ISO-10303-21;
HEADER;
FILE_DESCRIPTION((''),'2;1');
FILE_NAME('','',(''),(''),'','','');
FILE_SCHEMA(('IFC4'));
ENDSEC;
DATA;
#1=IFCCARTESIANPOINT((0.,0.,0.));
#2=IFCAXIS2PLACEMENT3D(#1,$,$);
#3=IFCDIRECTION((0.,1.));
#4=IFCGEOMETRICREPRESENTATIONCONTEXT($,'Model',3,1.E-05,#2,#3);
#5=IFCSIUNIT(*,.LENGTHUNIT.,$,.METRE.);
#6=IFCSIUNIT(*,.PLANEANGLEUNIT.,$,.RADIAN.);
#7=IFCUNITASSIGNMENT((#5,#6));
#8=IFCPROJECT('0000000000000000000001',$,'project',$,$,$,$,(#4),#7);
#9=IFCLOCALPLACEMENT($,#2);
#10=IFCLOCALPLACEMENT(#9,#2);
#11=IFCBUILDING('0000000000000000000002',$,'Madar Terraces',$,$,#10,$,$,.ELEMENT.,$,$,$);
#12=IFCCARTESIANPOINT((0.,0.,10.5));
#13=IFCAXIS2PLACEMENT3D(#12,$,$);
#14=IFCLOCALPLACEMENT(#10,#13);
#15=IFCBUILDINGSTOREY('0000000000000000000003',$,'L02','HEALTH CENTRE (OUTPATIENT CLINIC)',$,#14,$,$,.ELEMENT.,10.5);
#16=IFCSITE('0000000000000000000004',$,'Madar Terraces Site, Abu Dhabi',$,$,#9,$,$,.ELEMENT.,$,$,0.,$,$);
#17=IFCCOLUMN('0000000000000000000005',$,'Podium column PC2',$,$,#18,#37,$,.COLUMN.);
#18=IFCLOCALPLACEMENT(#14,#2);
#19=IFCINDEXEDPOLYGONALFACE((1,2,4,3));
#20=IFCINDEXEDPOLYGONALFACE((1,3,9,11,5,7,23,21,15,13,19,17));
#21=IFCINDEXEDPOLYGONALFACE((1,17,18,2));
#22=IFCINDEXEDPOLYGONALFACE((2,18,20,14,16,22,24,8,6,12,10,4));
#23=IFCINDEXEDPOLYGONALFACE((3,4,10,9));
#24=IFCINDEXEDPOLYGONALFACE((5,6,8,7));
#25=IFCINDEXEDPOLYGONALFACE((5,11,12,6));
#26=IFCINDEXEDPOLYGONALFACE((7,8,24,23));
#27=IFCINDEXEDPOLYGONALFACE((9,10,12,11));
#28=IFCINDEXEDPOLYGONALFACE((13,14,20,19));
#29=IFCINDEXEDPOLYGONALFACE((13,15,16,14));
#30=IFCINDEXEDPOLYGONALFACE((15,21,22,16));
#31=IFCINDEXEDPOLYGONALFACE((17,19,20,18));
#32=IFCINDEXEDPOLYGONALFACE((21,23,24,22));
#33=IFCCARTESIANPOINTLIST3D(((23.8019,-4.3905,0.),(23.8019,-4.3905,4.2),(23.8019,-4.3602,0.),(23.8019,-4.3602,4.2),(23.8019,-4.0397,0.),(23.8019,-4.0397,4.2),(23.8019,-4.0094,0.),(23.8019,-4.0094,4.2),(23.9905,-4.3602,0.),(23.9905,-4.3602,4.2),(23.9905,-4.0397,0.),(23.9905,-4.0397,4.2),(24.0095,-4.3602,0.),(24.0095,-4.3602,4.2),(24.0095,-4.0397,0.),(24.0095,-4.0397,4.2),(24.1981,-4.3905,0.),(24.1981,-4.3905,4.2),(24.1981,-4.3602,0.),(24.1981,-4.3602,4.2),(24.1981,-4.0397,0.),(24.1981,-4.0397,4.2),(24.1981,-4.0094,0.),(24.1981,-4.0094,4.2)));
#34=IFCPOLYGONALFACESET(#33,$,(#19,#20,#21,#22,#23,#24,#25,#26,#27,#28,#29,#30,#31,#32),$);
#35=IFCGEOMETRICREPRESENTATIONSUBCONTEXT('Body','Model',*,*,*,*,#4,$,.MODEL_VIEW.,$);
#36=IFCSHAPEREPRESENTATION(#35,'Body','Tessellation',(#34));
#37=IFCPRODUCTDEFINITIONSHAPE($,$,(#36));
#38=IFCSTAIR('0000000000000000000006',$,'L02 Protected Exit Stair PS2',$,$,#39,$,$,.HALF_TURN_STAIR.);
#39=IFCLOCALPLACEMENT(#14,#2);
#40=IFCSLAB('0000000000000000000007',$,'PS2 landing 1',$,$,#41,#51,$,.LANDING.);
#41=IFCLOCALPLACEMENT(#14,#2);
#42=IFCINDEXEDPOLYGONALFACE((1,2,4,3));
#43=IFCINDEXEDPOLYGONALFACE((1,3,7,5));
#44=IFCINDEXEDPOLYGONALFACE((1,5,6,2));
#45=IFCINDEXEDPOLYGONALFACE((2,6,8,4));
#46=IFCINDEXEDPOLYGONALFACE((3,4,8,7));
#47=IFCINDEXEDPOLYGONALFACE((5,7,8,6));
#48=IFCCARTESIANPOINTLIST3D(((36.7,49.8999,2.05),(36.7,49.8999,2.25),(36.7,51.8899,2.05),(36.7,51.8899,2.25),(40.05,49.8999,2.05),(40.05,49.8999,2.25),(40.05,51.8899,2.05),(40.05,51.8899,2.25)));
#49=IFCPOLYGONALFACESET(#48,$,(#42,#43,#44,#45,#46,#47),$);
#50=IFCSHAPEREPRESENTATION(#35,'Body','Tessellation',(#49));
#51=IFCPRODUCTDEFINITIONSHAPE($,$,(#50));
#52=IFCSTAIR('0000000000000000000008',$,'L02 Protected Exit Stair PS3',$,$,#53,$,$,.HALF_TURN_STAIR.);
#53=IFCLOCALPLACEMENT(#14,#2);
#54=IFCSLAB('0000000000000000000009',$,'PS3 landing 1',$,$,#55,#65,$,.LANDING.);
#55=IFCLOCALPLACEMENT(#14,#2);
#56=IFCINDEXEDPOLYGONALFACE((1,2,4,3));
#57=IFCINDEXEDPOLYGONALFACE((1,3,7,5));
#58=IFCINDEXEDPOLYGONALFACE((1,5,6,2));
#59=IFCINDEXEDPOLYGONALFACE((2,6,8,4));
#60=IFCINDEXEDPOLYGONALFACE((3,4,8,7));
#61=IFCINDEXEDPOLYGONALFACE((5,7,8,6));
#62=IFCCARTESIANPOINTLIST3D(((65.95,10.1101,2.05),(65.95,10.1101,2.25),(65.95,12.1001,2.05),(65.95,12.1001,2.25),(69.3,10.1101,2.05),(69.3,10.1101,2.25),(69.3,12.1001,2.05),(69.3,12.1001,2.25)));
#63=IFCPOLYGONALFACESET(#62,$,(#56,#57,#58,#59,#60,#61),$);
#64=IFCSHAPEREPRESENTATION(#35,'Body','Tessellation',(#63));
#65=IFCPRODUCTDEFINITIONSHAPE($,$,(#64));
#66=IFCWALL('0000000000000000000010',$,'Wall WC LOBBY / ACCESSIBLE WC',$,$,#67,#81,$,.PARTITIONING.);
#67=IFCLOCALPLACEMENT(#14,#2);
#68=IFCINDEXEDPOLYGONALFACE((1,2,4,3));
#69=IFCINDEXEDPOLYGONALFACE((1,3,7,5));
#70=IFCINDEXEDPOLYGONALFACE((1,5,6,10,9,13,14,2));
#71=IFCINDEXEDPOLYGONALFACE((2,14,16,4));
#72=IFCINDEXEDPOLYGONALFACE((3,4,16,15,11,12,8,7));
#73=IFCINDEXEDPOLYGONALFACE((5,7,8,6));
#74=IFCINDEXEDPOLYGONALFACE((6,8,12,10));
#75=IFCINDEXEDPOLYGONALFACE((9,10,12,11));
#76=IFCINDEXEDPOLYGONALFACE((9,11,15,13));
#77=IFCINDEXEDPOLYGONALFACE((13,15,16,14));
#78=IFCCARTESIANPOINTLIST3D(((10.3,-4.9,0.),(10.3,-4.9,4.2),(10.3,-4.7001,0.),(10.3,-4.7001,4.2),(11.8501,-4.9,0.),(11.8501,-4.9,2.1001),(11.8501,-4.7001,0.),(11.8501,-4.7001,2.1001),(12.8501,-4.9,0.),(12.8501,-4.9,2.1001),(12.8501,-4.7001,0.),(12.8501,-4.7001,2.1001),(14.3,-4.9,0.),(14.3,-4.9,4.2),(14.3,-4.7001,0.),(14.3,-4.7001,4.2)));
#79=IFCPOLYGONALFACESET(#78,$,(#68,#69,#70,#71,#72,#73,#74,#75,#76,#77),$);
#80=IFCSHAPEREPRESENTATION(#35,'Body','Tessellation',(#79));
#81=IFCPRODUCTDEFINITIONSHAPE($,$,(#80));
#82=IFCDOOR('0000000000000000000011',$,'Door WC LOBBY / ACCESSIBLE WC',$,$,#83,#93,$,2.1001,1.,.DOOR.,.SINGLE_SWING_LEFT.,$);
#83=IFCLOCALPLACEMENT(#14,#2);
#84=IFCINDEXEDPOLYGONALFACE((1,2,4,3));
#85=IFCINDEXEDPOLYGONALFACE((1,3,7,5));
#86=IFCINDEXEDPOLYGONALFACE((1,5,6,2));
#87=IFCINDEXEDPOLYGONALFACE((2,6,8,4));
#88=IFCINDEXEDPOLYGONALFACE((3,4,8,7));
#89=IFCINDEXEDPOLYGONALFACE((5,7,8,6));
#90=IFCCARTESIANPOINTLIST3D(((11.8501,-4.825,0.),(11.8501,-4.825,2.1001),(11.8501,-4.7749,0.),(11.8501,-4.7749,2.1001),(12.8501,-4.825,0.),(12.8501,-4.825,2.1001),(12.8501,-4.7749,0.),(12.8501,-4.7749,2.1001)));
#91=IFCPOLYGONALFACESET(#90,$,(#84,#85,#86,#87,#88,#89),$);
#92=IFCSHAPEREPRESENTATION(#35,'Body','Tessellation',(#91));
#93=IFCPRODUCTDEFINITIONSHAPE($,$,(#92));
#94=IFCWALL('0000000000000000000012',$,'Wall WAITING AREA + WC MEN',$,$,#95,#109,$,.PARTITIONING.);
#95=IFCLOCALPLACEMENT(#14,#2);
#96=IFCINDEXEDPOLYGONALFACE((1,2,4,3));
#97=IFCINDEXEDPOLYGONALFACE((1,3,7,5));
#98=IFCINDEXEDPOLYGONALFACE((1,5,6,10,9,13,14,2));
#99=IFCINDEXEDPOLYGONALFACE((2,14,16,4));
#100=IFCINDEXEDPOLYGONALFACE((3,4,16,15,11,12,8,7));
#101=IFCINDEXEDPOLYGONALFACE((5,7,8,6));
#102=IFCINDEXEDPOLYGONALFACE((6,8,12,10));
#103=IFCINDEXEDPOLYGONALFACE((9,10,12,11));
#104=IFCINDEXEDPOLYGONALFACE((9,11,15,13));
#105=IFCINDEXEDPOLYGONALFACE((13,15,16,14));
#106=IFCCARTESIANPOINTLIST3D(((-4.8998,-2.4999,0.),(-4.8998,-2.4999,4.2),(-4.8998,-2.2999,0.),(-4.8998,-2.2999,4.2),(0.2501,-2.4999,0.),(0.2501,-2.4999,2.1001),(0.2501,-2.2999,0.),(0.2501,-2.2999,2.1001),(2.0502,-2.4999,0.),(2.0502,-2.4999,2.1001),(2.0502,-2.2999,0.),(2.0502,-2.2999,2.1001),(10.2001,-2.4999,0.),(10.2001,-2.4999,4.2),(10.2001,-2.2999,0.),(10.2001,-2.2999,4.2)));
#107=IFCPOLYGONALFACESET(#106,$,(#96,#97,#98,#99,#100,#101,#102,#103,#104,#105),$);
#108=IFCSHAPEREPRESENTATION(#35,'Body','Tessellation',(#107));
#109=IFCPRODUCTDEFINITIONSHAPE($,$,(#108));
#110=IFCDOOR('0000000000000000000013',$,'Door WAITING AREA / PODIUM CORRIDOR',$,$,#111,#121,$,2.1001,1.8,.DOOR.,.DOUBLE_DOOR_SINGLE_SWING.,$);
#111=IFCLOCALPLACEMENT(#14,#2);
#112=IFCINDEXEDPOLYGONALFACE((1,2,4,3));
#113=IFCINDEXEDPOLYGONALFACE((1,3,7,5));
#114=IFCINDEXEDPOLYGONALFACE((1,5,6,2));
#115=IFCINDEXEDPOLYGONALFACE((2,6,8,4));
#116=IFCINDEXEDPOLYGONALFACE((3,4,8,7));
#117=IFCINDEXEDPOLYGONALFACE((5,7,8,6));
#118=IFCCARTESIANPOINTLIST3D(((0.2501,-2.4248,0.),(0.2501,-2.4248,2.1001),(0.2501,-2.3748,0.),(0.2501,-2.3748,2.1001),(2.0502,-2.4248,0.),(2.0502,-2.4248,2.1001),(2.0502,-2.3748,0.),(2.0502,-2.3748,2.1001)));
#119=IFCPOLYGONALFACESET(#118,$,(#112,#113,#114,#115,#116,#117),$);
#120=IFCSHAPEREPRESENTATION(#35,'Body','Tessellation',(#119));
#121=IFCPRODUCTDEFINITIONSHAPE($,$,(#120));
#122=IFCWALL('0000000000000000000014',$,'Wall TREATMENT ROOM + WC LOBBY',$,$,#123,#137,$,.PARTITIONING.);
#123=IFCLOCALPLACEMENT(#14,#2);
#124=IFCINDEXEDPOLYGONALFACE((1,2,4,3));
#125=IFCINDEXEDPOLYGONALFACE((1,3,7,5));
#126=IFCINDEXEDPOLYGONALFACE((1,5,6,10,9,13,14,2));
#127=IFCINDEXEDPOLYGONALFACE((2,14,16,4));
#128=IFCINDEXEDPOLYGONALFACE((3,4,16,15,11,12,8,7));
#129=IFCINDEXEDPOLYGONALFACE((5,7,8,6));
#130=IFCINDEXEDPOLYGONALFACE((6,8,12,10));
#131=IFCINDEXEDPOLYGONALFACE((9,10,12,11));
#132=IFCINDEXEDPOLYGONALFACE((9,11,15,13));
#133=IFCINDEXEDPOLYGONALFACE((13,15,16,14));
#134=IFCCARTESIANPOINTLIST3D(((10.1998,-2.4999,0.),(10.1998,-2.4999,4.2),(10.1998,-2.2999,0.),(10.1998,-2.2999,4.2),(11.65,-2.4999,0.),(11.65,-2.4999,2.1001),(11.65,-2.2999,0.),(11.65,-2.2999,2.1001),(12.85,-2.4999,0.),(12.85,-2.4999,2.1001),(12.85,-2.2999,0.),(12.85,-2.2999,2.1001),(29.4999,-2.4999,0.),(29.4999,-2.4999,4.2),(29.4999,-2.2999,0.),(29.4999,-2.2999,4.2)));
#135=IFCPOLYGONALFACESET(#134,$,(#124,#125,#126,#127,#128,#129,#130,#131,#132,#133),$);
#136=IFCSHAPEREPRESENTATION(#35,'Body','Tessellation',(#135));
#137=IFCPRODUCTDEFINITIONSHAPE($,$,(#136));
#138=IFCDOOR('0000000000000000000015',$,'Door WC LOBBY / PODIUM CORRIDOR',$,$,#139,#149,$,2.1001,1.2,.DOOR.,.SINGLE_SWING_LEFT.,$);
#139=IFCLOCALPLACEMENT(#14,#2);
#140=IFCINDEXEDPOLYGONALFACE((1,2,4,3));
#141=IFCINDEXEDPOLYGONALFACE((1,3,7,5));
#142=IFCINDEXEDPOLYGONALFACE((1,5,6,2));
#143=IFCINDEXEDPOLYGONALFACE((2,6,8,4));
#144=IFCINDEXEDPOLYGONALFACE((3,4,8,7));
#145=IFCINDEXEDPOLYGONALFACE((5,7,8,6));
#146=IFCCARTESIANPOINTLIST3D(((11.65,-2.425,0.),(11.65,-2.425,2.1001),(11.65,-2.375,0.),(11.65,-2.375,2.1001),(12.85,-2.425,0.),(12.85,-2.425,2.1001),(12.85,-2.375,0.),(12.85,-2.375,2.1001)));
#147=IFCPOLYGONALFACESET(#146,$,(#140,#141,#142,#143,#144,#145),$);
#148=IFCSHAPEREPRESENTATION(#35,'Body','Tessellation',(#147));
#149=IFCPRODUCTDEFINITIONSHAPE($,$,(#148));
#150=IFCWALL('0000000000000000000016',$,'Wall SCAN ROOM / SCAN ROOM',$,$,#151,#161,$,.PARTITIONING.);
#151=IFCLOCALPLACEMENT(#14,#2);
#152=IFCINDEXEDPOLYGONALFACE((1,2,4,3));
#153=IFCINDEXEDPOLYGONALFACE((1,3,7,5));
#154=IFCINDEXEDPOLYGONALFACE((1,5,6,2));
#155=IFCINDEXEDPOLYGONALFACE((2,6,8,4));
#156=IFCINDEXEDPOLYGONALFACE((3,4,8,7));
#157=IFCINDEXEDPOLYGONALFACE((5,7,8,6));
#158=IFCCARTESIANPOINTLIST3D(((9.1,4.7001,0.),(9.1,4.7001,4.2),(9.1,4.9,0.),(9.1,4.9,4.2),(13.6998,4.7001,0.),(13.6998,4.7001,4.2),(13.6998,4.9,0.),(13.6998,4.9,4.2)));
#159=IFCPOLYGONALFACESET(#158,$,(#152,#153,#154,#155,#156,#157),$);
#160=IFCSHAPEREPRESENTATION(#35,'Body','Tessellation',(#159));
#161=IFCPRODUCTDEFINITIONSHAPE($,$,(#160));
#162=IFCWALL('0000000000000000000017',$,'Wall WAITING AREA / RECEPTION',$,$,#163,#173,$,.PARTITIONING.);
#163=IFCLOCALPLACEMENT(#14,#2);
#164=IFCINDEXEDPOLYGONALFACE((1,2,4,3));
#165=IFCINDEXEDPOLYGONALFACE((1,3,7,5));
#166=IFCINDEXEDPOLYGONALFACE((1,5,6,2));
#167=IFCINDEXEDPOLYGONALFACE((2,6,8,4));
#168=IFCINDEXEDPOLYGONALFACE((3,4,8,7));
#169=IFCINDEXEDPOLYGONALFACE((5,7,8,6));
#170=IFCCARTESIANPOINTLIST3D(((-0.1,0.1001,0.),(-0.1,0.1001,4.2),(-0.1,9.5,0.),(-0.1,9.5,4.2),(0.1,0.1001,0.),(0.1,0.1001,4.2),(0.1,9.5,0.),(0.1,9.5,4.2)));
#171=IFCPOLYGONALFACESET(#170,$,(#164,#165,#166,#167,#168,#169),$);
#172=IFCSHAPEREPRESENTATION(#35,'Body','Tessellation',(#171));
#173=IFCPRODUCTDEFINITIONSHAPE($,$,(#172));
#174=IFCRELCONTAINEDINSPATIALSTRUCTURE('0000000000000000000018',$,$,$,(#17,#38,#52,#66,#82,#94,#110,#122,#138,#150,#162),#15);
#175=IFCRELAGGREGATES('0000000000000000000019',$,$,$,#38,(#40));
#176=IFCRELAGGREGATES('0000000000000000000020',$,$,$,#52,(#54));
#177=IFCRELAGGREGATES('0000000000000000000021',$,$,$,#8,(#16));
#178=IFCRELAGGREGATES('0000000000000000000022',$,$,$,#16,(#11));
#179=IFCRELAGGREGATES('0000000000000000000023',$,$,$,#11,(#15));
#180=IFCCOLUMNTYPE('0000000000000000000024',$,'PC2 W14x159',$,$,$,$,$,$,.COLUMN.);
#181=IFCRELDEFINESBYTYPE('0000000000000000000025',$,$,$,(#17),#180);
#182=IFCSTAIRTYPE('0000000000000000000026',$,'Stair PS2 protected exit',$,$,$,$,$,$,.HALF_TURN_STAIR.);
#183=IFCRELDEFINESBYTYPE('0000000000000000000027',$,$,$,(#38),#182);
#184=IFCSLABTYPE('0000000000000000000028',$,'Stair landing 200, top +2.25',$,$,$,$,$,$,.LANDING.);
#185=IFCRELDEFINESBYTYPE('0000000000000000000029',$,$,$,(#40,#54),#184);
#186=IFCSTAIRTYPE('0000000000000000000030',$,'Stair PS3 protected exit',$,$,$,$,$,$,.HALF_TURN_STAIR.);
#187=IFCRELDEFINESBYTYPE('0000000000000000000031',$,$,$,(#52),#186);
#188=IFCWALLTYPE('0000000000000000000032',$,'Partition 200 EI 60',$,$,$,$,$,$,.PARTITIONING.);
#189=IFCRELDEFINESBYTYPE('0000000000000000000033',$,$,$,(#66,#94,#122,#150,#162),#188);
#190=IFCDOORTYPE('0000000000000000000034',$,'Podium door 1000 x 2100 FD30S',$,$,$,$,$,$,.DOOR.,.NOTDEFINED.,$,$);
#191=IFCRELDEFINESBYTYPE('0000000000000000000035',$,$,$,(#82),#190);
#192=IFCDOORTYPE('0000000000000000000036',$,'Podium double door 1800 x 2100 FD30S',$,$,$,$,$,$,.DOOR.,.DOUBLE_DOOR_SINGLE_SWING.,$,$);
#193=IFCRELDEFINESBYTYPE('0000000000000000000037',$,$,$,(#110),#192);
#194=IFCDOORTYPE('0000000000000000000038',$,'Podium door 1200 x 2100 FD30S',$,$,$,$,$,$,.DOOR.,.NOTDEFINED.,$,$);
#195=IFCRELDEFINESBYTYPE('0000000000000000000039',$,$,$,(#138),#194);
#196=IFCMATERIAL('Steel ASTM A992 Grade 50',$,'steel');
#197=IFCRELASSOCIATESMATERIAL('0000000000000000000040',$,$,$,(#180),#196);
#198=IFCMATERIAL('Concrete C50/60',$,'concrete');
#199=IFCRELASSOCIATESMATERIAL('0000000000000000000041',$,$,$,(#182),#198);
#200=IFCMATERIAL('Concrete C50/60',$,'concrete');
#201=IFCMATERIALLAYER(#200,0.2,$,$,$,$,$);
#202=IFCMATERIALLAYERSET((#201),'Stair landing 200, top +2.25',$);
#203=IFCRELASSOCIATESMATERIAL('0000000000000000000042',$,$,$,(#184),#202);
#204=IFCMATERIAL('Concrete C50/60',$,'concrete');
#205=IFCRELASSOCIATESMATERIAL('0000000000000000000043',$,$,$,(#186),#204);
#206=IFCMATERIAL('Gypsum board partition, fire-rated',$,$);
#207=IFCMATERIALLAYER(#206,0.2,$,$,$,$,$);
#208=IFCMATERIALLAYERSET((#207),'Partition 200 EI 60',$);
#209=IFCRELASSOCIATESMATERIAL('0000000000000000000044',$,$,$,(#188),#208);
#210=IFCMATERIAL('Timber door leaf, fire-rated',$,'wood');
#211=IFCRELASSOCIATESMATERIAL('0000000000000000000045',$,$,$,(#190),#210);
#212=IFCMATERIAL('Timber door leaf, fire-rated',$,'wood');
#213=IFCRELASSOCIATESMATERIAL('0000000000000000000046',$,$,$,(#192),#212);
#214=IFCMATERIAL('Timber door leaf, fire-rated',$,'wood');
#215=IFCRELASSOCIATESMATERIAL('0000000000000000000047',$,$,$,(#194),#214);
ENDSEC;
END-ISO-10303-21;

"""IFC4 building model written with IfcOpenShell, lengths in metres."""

from ifc_helpers import new_model, si_unit, direction, frame, frame_2d, origin, origin_2d, place, context, subcontext, project, spatial, polyline, rectangle, i_section, outline, extrude, material, layer, layer_set, material_profile, profile_set, type_object, element, fill, aggregate, save


model = new_model("IFC4")

# Units and contexts
model_context = context("Model", 3, precision=1e-05, world=origin(), true_north=direction((0.0, 1.0)))
body_context = subcontext(model_context, "Body", "Model", "MODEL_VIEW")
ifc_project = project(units=[si_unit("LENGTHUNIT", "METRE"), si_unit("PLANEANGLEUNIT", "RADIAN")], contexts=[model_context])

# Site, building, storey
site_placement = place(None, origin())
site = spatial("IfcSite", under=ifc_project, at=site_placement, Name="Madar Terraces Site, Abu Dhabi", CompositionType="ELEMENT", RefElevation=0.0)
building_placement = place(site_placement, origin())
building = spatial("IfcBuilding", under=site, at=building_placement, Name="Madar Terraces", CompositionType="ELEMENT")
storey_placement = place(building_placement, frame((0.0, 0.0, 10.5)))
storey = spatial("IfcBuildingStorey", under=building, at=storey_placement, Name="L02", Description="HEALTH CENTRE (OUTPATIENT CLINIC)", CompositionType="ELEMENT", Elevation=10.5)

# Column
ifc_material_1 = material(Name="Steel ASTM A992 Grade 50", Category="steel")
ifc_material_profile_1 = material_profile(ifc_material_1, i_section(OverallWidth=0.3962, OverallDepth=0.3811, WebThickness=0.019, FlangeThickness=0.0303, at=origin_2d()), Name="W14x159")
ifc_profile_set_1 = profile_set([ifc_material_profile_1], Name="Steel ASTM A992 Grade 50")
column_type_1 = type_object("IfcColumnType", Name="PC2 W14x159", PredefinedType="COLUMN", material=ifc_profile_set_1)
for number, where, z_axis, x_axis, name in (
    (1, (24.0, -4.2, 0.0), (0.0, 0.0, 1.0), (1.0, 0.0, 0.0), "Podium column PC2"),
):
    element("IfcColumn", number, at=place(storey_placement, frame(where, z_axis=z_axis, x_axis=x_axis)), inside=storey, type_object=column_type_1, Name=name, PredefinedType="COLUMN", context=body_context, shape_type="SweptSolid", body=[
        extrude(i_section(OverallWidth=0.3962, OverallDepth=0.3811, WebThickness=0.019, FlangeThickness=0.0303, at=origin_2d()), origin(), (0.0, 0.0, 1.0), 4.2),
    ])

# Stairs, slabs
ifc_material_2 = material(Name="Concrete C50/60", Category="concrete")
stair_type_1 = type_object("IfcStairType", Name="Stair PS2 protected exit", PredefinedType="HALF_TURN_STAIR", material=ifc_material_2)
stair_1_placement = place(storey_placement, origin())
stair_1 = element("IfcStair", 2, at=stair_1_placement, inside=storey, type_object=stair_type_1, Name="L02 Protected Exit Stair PS2", PredefinedType="HALF_TURN_STAIR")
ifc_material_3 = material(Name="Concrete C50/60", Category="concrete")
ifc_layer_1 = layer(ifc_material_3, 0.2)
ifc_layer_set_1 = layer_set([ifc_layer_1], Name="Stair landing 200, top +2.25")
slab_type = type_object("IfcSlabType", Name="Stair landing 200, top +2.25", PredefinedType="LANDING", material=ifc_layer_set_1)
slab_1_placement = place(storey_placement, frame((0.0, 0.0, 2.05)))
slab_1 = element("IfcSlab", 3, at=slab_1_placement, type_object=slab_type, Name="PS2 landing 1", PredefinedType="LANDING", context=body_context, shape_type="SweptSolid", body=[
    extrude(outline(polyline([(36.7, 49.8999), (40.05, 49.8999), (40.05, 51.8899), (36.7, 51.8899), (36.7, 49.8999)])), origin(), (0.0, 0.0, 1.0), 0.2),
])
aggregate(stair_1, [slab_1])
ifc_material_4 = material(Name="Concrete C50/60", Category="concrete")
stair_type_2 = type_object("IfcStairType", Name="Stair PS3 protected exit", PredefinedType="HALF_TURN_STAIR", material=ifc_material_4)
stair_2_placement = place(storey_placement, origin())
stair_2 = element("IfcStair", 4, at=stair_2_placement, inside=storey, type_object=stair_type_2, Name="L02 Protected Exit Stair PS3", PredefinedType="HALF_TURN_STAIR")
slab_2_placement = place(storey_placement, frame((0.0, 0.0, 2.05)))
slab_2 = element("IfcSlab", 5, at=slab_2_placement, type_object=slab_type, Name="PS3 landing 1", PredefinedType="LANDING", context=body_context, shape_type="SweptSolid", body=[
    extrude(outline(polyline([(65.95, 10.1101), (69.3, 10.1101), (69.3, 12.1001), (65.95, 12.1001), (65.95, 10.1101)])), origin(), (0.0, 0.0, 1.0), 0.2),
])
aggregate(stair_2, [slab_2])

# Walls, openings, doors
ifc_material_5 = material(Name="Gypsum board partition, fire-rated")
ifc_layer_2 = layer(ifc_material_5, 0.2)
ifc_layer_set_2 = layer_set([ifc_layer_2], Name="Partition 200 EI 60")
wall_type = type_object("IfcWallType", Name="Partition 200 EI 60", PredefinedType="PARTITIONING", material=ifc_layer_set_2)
wall_1_placement = place(storey_placement, frame((14.3, -4.8, 0.0), z_axis=(0.0, 0.0, 1.0), x_axis=(-1.0, 0.0, 0.0)))
wall_1 = element("IfcWall", 6, at=wall_1_placement, inside=storey, type_object=wall_type, Name="Wall WC LOBBY / ACCESSIBLE WC", PredefinedType="PARTITIONING", context=body_context, shape_type="SweptSolid", body=[
    extrude(rectangle(XDim=4.0, YDim=0.2, at=frame_2d((2.0, 0.0))), origin(), (0.0, 0.0, 1.0), 4.2),
])
opening_1_placement = place(wall_1_placement, frame((1.45, 0.0, 0.0)))
opening_1 = element("IfcOpeningElement", 7, at=opening_1_placement, cuts=wall_1, PredefinedType="OPENING", context=body_context, shape_type="SweptSolid", body=[
    extrude(rectangle(XDim=1.0, YDim=2.1001, at=frame_2d((0.5, 1.05))), frame((0.0, 0.1099, 0.0), z_axis=(0.0, -1.0, 0.0), x_axis=(1.0, 0.0, 0.0)), (0.0, 0.0, 1.0), 0.22),
])
ifc_material_6 = material(Name="Timber door leaf, fire-rated", Category="wood")
door_type_1 = type_object("IfcDoorType", Name="Podium door 1000 x 2100 FD30S", OperationType="NOTDEFINED", PredefinedType="DOOR", material=ifc_material_6)
door_1_placement = place(opening_1_placement, origin())
door_1 = element("IfcDoor", 8, at=door_1_placement, inside=storey, type_object=door_type_1, Name="Door WC LOBBY / ACCESSIBLE WC", OperationType="SINGLE_SWING_LEFT", OverallHeight=2.1001, OverallWidth=1.0, PredefinedType="DOOR", context=body_context, shape_type="SweptSolid", body=[
    extrude(rectangle(XDim=1.0, YDim=2.1001, at=frame_2d((0.5, 1.05))), frame((0.0, 0.0249, 0.0), z_axis=(0.0, -1.0, 0.0), x_axis=(1.0, 0.0, 0.0)), (0.0, 0.0, 1.0), 0.05),
])
fill(opening_1, door_1)
wall_2_placement = place(storey_placement, frame((10.2, -2.3999, 0.0), z_axis=(0.0, 0.0, 1.0), x_axis=(-1.0, 0.0, 0.0)))
wall_2 = element("IfcWall", 9, at=wall_2_placement, inside=storey, type_object=wall_type, Name="Wall WAITING AREA + WC MEN", PredefinedType="PARTITIONING", context=body_context, shape_type="SweptSolid", body=[
    extrude(rectangle(XDim=15.0999, YDim=0.2, at=frame_2d((7.5498, 0.0))), origin(), (0.0, 0.0, 1.0), 4.2),
])
opening_2_placement = place(wall_2_placement, frame((8.1499, 0.0, 0.0)))
opening_2 = element("IfcOpeningElement", 10, at=opening_2_placement, cuts=wall_2, PredefinedType="OPENING", context=body_context, shape_type="SweptSolid", body=[
    extrude(rectangle(XDim=1.8, YDim=2.1001, at=frame_2d((0.8999, 1.05))), frame((0.0, 0.1099, 0.0), z_axis=(0.0, -1.0, 0.0), x_axis=(1.0, 0.0, 0.0)), (0.0, 0.0, 1.0), 0.22),
])
ifc_material_7 = material(Name="Timber door leaf, fire-rated", Category="wood")
door_type_2 = type_object("IfcDoorType", Name="Podium double door 1800 x 2100 FD30S", OperationType="DOUBLE_DOOR_SINGLE_SWING", PredefinedType="DOOR", material=ifc_material_7)
door_2_placement = place(opening_2_placement, origin())
door_2 = element("IfcDoor", 11, at=door_2_placement, inside=storey, type_object=door_type_2, Name="Door WAITING AREA / PODIUM CORRIDOR", OperationType="DOUBLE_DOOR_SINGLE_SWING", OverallHeight=2.1001, OverallWidth=1.8, PredefinedType="DOOR", context=body_context, shape_type="SweptSolid", body=[
    extrude(rectangle(XDim=1.8, YDim=2.1001, at=frame_2d((0.8999, 1.05))), frame((0.0, 0.0249, 0.0), z_axis=(0.0, -1.0, 0.0), x_axis=(1.0, 0.0, 0.0)), (0.0, 0.0, 1.0), 0.05),
])
fill(opening_2, door_2)
wall_3_placement = place(storey_placement, frame((10.2, -2.3999, 0.0), z_axis=(0.0, 0.0, 1.0), x_axis=(1.0, 0.0, 0.0)))
wall_3 = element("IfcWall", 12, at=wall_3_placement, inside=storey, type_object=wall_type, Name="Wall TREATMENT ROOM + WC LOBBY", PredefinedType="PARTITIONING", context=body_context, shape_type="SweptSolid", body=[
    extrude(rectangle(XDim=19.3, YDim=0.2, at=frame_2d((9.6499, 0.0))), origin(), (0.0, 0.0, 1.0), 4.2),
])
opening_3_placement = place(wall_3_placement, frame((1.45, 0.0, 0.0)))
opening_3 = element("IfcOpeningElement", 13, at=opening_3_placement, cuts=wall_3, PredefinedType="OPENING", context=body_context, shape_type="SweptSolid", body=[
    extrude(rectangle(XDim=1.2, YDim=2.1001, at=frame_2d((0.6001, 1.05))), frame((0.0, 0.1099, 0.0), z_axis=(0.0, -1.0, 0.0), x_axis=(1.0, 0.0, 0.0)), (0.0, 0.0, 1.0), 0.22),
])
ifc_material_8 = material(Name="Timber door leaf, fire-rated", Category="wood")
door_type_3 = type_object("IfcDoorType", Name="Podium door 1200 x 2100 FD30S", OperationType="NOTDEFINED", PredefinedType="DOOR", material=ifc_material_8)
door_3_placement = place(opening_3_placement, origin())
door_3 = element("IfcDoor", 14, at=door_3_placement, inside=storey, type_object=door_type_3, Name="Door WC LOBBY / PODIUM CORRIDOR", OperationType="SINGLE_SWING_LEFT", OverallHeight=2.1001, OverallWidth=1.2, PredefinedType="DOOR", context=body_context, shape_type="SweptSolid", body=[
    extrude(rectangle(XDim=1.2, YDim=2.1001, at=frame_2d((0.6001, 1.05))), frame((0.0, 0.0249, 0.0), z_axis=(0.0, -1.0, 0.0), x_axis=(1.0, 0.0, 0.0)), (0.0, 0.0, 1.0), 0.05),
])
fill(opening_3, door_3)

# Walls
wall_4_placement = place(storey_placement, frame((9.1001, 4.8, 0.0), z_axis=(0.0, 0.0, 1.0), x_axis=(1.0, 0.0, 0.0)))
element("IfcWall", 15, at=wall_4_placement, inside=storey, type_object=wall_type, Name="Wall SCAN ROOM / SCAN ROOM", PredefinedType="PARTITIONING", context=body_context, shape_type="SweptSolid", body=[
    extrude(rectangle(XDim=4.5999, YDim=0.2, at=frame_2d((2.2998, 0.0))), origin(), (0.0, 0.0, 1.0), 4.2),
])
for number, where, z_axis, x_axis, name in (
    (16, (0.0, 0.1001, 0.0), (0.0, 0.0, 1.0), (0.0, 1.0, 0.0), "Wall WAITING AREA / RECEPTION"),
):
    element("IfcWall", number, at=place(storey_placement, frame(where, z_axis=z_axis, x_axis=x_axis)), inside=storey, type_object=wall_type, Name=name, PredefinedType="PARTITIONING", context=body_context, shape_type="SweptSolid", body=[
        extrude(rectangle(XDim=9.3999, YDim=0.2, at=frame_2d((4.7, 0.0))), origin(), (0.0, 0.0, 1.0), 4.2),
    ])

save(model, "model.ifc")
